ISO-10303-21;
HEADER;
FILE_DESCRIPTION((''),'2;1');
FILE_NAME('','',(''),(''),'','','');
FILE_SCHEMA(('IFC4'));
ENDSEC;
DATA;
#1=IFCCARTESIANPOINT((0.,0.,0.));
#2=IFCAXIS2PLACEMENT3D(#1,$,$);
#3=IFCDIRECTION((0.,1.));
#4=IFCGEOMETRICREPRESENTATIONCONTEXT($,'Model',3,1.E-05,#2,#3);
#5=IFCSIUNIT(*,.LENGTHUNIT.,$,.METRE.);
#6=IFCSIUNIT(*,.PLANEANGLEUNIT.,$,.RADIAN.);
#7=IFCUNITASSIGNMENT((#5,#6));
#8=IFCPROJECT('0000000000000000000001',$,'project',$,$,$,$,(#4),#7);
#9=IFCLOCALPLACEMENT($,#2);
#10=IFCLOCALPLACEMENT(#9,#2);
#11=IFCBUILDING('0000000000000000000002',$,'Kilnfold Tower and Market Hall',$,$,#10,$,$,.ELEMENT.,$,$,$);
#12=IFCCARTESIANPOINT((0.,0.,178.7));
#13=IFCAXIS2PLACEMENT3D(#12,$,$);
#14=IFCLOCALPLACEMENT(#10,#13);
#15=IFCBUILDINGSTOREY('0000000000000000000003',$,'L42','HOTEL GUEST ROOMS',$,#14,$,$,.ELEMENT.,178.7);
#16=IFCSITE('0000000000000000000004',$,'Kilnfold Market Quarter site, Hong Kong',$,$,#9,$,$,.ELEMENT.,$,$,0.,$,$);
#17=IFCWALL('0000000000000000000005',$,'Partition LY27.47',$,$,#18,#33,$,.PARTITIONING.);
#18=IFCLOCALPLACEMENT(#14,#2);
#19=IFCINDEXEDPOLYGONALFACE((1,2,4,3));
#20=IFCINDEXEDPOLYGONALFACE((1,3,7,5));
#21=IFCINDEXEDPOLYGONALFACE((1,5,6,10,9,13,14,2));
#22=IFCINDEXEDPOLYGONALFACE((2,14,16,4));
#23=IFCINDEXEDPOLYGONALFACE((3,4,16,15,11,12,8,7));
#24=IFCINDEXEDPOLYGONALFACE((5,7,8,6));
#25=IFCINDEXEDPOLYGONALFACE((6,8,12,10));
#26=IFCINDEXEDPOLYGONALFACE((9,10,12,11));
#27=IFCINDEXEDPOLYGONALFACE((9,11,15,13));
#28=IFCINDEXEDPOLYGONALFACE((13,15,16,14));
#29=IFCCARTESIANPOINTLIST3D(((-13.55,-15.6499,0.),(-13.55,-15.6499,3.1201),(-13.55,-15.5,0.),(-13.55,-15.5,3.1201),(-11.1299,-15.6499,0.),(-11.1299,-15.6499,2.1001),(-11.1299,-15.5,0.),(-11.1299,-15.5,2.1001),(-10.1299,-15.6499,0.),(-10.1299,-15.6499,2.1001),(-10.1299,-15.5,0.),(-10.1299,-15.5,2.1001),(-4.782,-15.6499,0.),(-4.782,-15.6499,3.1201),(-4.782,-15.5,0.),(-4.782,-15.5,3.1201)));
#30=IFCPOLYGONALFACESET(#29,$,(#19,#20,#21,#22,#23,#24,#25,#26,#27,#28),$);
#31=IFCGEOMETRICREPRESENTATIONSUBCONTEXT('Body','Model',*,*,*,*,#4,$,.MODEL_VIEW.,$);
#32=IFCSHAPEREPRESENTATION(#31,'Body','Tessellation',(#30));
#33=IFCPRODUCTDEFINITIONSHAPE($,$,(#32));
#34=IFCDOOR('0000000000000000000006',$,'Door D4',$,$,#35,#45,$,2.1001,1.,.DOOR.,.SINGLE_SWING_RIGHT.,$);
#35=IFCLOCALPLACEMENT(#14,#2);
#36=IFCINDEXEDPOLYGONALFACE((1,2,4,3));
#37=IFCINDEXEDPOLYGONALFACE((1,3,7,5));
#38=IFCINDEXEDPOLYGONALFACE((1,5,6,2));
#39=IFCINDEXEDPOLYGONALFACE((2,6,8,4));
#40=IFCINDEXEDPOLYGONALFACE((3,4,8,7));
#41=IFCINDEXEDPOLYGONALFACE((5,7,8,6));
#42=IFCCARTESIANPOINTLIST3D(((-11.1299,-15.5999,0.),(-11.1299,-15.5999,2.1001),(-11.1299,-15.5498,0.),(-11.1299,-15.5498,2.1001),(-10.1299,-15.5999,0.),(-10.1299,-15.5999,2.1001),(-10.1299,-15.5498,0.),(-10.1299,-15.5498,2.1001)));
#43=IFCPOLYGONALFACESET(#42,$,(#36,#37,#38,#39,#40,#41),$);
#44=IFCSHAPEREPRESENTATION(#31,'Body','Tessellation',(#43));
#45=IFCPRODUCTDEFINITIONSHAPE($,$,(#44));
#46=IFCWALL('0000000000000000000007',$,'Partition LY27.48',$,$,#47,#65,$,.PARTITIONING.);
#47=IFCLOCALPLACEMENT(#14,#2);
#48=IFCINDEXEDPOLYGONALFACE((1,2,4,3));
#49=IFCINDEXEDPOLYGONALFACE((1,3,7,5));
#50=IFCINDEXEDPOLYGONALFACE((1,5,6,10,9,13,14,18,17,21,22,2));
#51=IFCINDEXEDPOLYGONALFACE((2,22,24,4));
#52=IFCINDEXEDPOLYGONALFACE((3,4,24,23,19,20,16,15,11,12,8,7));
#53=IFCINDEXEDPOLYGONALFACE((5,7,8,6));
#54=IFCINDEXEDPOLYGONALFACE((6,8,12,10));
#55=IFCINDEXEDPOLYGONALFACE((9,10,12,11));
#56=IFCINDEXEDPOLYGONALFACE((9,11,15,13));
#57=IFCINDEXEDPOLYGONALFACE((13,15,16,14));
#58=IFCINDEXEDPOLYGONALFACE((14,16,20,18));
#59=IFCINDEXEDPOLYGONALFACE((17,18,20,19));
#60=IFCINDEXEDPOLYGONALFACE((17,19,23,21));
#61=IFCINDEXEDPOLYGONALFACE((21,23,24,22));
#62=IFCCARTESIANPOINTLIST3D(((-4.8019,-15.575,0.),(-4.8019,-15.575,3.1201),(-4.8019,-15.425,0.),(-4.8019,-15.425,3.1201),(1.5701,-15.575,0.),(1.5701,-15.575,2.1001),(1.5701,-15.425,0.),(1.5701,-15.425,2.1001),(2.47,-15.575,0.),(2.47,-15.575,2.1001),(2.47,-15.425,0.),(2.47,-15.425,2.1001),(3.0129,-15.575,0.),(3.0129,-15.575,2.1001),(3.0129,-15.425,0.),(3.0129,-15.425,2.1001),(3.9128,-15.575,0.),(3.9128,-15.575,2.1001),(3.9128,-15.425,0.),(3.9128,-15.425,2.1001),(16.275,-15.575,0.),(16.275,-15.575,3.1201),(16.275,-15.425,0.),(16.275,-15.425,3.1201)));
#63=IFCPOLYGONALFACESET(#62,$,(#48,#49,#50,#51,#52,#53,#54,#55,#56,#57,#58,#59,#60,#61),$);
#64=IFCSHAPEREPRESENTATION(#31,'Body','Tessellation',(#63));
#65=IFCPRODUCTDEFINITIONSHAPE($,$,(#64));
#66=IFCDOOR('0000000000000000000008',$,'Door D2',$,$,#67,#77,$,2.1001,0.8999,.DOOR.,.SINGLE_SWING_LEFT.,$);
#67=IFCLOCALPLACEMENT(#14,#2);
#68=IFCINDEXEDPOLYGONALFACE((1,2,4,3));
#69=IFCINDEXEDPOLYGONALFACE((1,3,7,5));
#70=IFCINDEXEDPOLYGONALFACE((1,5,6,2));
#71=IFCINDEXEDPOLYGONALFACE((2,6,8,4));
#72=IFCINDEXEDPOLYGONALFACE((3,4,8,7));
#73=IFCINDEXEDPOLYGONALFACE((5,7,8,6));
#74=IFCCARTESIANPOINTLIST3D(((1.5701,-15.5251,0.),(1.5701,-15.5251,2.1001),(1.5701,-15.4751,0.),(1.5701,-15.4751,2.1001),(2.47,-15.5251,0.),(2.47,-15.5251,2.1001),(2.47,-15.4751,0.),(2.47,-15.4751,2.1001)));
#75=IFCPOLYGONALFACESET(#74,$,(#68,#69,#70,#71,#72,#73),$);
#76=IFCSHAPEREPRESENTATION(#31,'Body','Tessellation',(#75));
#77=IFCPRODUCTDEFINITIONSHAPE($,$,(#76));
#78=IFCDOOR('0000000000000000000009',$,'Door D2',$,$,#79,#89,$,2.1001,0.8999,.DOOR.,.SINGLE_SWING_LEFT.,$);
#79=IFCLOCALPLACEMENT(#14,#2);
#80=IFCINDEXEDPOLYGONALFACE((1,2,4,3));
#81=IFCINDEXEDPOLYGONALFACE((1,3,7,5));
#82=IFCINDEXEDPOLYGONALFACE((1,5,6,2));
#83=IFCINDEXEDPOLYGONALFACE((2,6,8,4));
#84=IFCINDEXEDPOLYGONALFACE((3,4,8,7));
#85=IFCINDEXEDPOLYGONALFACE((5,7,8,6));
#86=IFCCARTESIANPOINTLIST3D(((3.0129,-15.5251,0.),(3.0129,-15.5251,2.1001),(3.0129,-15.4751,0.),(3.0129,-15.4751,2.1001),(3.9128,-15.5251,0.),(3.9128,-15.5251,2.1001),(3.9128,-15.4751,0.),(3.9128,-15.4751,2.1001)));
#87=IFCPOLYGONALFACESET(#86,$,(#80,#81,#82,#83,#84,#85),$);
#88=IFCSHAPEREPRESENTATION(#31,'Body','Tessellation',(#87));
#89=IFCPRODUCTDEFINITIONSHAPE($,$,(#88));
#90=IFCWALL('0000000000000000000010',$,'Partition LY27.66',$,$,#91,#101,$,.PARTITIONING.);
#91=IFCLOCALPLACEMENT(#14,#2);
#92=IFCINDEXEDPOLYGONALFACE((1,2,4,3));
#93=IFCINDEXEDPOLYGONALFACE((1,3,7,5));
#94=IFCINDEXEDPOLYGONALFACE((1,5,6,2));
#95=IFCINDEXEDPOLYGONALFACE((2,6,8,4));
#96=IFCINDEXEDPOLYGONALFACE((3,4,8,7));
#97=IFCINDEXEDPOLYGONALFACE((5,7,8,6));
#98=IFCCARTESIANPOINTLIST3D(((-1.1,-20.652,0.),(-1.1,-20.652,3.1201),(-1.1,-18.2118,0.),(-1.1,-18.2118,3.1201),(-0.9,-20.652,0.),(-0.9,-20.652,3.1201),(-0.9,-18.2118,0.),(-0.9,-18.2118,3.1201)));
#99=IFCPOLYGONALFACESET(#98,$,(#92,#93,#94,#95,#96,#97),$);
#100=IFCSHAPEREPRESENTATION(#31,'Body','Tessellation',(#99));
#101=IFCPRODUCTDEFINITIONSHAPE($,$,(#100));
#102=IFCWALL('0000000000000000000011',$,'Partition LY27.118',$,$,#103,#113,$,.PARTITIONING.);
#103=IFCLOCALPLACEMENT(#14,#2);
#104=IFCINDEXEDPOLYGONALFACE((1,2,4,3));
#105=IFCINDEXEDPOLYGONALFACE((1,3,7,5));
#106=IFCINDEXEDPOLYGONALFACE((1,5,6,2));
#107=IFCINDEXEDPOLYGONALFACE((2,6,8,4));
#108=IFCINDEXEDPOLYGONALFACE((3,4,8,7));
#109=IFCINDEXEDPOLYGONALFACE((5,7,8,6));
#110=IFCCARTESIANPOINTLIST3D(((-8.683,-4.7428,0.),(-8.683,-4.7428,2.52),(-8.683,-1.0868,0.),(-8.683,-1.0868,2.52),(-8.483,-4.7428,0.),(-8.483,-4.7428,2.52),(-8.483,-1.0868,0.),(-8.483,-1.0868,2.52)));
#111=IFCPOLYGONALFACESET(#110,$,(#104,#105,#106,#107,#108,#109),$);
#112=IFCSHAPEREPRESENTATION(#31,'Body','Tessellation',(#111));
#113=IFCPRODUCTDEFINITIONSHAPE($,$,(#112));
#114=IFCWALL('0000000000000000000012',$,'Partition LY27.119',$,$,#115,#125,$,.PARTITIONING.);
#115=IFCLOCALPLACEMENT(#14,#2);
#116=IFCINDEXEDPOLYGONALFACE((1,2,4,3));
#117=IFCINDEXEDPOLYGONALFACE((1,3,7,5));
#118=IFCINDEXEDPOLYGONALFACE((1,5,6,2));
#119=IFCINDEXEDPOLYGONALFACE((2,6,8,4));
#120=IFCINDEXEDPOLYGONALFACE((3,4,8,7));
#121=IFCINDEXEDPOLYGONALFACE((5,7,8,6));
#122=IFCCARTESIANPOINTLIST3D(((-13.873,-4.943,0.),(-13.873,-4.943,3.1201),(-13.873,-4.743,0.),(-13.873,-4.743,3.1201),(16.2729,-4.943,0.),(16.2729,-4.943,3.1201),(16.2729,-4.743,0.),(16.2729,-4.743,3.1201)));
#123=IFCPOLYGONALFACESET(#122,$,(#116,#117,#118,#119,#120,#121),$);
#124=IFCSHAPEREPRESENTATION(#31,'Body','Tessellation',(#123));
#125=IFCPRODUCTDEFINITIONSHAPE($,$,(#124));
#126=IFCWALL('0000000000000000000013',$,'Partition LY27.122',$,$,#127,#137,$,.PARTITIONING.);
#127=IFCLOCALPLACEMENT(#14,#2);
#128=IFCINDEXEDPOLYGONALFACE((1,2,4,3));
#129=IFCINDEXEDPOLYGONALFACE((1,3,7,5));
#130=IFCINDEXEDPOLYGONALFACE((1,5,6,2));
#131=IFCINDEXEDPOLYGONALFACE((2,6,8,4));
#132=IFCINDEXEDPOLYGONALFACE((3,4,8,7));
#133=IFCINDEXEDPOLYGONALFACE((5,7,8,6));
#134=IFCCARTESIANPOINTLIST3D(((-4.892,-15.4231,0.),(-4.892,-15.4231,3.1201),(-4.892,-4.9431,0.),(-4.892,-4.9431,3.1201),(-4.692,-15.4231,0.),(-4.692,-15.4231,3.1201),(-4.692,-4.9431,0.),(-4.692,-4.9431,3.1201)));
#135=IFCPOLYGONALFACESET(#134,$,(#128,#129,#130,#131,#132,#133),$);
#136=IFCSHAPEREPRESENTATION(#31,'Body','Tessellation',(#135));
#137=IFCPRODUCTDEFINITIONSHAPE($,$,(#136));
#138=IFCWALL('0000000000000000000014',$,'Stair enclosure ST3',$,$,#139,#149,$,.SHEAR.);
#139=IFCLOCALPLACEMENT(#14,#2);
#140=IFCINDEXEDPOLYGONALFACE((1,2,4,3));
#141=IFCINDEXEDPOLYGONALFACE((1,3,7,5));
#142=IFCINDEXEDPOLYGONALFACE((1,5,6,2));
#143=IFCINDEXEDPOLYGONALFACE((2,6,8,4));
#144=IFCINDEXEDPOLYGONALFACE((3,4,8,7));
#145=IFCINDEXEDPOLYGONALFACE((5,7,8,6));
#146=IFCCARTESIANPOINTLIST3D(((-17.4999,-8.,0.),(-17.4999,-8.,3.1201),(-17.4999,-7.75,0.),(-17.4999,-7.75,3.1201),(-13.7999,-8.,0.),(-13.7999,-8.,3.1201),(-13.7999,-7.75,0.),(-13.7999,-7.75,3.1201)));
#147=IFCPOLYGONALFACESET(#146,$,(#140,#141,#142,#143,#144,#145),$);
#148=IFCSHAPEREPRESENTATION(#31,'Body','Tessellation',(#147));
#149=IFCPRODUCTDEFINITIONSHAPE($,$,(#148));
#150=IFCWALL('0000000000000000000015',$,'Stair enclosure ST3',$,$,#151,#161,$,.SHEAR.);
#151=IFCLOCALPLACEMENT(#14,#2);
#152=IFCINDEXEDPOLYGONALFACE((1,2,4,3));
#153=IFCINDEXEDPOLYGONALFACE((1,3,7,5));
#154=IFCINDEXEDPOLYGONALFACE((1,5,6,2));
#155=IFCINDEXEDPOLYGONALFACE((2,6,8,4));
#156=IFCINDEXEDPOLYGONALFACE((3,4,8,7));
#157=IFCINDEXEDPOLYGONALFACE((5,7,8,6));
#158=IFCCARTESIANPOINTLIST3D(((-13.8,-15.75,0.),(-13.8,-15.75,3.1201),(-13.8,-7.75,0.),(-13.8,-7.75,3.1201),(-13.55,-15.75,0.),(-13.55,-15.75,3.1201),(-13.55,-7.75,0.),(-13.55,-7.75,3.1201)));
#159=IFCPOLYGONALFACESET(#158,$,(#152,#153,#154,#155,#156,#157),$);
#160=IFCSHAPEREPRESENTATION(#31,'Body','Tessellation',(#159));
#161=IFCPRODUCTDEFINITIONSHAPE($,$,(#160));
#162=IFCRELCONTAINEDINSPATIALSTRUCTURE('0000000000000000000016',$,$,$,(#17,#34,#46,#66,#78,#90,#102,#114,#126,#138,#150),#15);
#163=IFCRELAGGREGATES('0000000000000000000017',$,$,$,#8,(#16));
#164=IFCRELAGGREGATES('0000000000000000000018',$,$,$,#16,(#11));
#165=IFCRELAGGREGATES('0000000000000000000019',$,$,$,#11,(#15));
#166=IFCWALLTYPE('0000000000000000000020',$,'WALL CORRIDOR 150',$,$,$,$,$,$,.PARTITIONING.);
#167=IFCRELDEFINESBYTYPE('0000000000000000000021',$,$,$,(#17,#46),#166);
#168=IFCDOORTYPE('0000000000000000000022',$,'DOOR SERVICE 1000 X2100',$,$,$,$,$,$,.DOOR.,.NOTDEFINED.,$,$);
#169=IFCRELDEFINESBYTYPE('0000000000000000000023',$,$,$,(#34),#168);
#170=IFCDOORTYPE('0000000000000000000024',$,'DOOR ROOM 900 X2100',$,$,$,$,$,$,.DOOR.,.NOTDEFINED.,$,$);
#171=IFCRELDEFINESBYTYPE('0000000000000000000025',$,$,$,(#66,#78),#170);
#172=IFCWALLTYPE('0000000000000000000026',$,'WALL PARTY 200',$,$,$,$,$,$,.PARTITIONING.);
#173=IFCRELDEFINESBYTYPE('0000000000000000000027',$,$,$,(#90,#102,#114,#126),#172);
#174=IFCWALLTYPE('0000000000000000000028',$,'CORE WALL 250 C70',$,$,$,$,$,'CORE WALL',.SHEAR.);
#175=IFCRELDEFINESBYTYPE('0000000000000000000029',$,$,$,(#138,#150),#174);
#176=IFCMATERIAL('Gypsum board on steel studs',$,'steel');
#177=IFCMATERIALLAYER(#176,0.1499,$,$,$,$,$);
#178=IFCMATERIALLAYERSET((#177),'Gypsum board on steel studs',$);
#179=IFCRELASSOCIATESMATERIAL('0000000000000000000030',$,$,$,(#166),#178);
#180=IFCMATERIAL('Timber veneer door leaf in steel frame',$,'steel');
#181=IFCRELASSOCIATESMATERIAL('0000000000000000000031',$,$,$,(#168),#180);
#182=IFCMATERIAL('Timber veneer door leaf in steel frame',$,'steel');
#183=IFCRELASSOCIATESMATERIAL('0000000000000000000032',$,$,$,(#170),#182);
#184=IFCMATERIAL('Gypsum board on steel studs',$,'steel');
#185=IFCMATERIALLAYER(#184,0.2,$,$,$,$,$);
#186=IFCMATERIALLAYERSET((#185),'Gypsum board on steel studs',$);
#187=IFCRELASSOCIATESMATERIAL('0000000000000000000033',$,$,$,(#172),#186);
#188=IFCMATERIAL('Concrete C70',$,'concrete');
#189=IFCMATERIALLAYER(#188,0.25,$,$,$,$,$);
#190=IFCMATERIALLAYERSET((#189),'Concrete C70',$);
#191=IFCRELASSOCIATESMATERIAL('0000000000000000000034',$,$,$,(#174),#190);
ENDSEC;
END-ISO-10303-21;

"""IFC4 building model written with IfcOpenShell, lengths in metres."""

from ifc_helpers import new_model, si_unit, direction, frame, frame_2d, origin, place, context, subcontext, project, spatial, rectangle, extrude, source, transform, mapped, material, layer, layer_set, type_object, element, fill, save


model = new_model("IFC4")

# Units and contexts
model_context = context("Model", 3, precision=1e-05, world=origin(), true_north=direction((0.0, 1.0)))
body_context = subcontext(model_context, "Body", "Model", "MODEL_VIEW")
ifc_project = project(units=[si_unit("LENGTHUNIT", "METRE"), si_unit("PLANEANGLEUNIT", "RADIAN")], contexts=[model_context])

# Site, building, storey
site_placement = place(None, origin())
site = spatial("IfcSite", under=ifc_project, at=site_placement, Name="Kilnfold Market Quarter site, Hong Kong", CompositionType="ELEMENT", RefElevation=0.0)
building_placement = place(site_placement, origin())
building = spatial("IfcBuilding", under=site, at=building_placement, Name="Kilnfold Tower and Market Hall", CompositionType="ELEMENT")
storey_placement = place(building_placement, frame((0.0, 0.0, 178.7)))
storey = spatial("IfcBuildingStorey", under=building, at=storey_placement, Name="L42", Description="HOTEL GUEST ROOMS", CompositionType="ELEMENT", Elevation=178.7)

# Shared definitions
ifc_material_1 = material(Name="Gypsum board on steel studs", Category="steel")
ifc_layer_1 = layer(ifc_material_1, 0.1499)
ifc_layer_set_1 = layer_set([ifc_layer_1], Name="Gypsum board on steel studs")
wall_type_1 = type_object("IfcWallType", Name="WALL CORRIDOR 150", PredefinedType="PARTITIONING", material=ifc_layer_set_1)

# Wall, opening, door
wall_1_placement = place(storey_placement, frame((-4.782, -15.575, 0.0), z_axis=(0.0, 0.0, 1.0), x_axis=(-1.0, 0.0, 0.0)))
wall_1 = element("IfcWall", 1, at=wall_1_placement, inside=storey, type_object=wall_type_1, Name="Partition LY27.47", PredefinedType="PARTITIONING", context=body_context, shape_type="SweptSolid", body=[
    extrude(rectangle(XDim=8.7681, YDim=0.1499, at=frame_2d((4.384, 0.0))), origin(), (0.0, 0.0, 1.0), 3.1201),
])
opening_1_placement = place(wall_1_placement, frame((5.3479, 0.0, 0.0)))
opening_1 = element("IfcOpeningElement", 2, at=opening_1_placement, cuts=wall_1, PredefinedType="OPENING", context=body_context, shape_type="SweptSolid", body=[
    extrude(rectangle(XDim=1.0, YDim=2.1001, at=frame_2d((0.5, 1.05))), frame((0.0, 0.085, 0.0), z_axis=(0.0, -1.0, 0.0), x_axis=(1.0, 0.0, 0.0)), (0.0, 0.0, 1.0), 0.1699),
])
ifc_material_2 = material(Name="Timber veneer door leaf in steel frame", Category="steel")
door_type_1 = type_object("IfcDoorType", Name="DOOR SERVICE 1000 X2100", OperationType="NOTDEFINED", PredefinedType="DOOR", material=ifc_material_2)
door_1_placement = place(opening_1_placement, origin())
door_1 = element("IfcDoor", 3, at=door_1_placement, inside=storey, type_object=door_type_1, Name="Door D4", OperationType="SINGLE_SWING_RIGHT", OverallHeight=2.1001, OverallWidth=1.0, PredefinedType="DOOR", context=body_context, shape_type="SweptSolid", body=[
    extrude(rectangle(XDim=1.0, YDim=2.1001, at=frame_2d((0.5, 1.05))), frame((0.0, 0.0249, 0.0), z_axis=(0.0, -1.0, 0.0), x_axis=(1.0, 0.0, 0.0)), (0.0, 0.0, 1.0), 0.05),
])
fill(opening_1, door_1)

# Wall, openings, doors
wall_2_placement = place(storey_placement, frame((-4.802, -15.5, 0.0), z_axis=(0.0, 0.0, 1.0), x_axis=(1.0, 0.0, 0.0)))
wall_2 = element("IfcWall", 4, at=wall_2_placement, inside=storey, type_object=wall_type_1, Name="Partition LY27.48", PredefinedType="PARTITIONING", context=body_context, shape_type="SweptSolid", body=[
    extrude(rectangle(XDim=21.0769, YDim=0.1499, at=frame_2d((10.5386, 0.0))), origin(), (0.0, 0.0, 1.0), 3.1201),
])
opening_2_placement = place(wall_2_placement, frame((6.3721, 0.0, 0.0)))
opening_2 = element("IfcOpeningElement", 5, at=opening_2_placement, cuts=wall_2, PredefinedType="OPENING", context=body_context, shape_type="SweptSolid", body=[
    extrude(rectangle(XDim=0.8999, YDim=2.1001, at=frame_2d((0.45, 1.05))), frame((0.0, 0.085, 0.0), z_axis=(0.0, -1.0, 0.0), x_axis=(1.0, 0.0, 0.0)), (0.0, 0.0, 1.0), 0.1699),
])
opening_3_placement = place(wall_2_placement, frame((7.8149, 0.0, 0.0)))
opening_3 = element("IfcOpeningElement", 6, at=opening_3_placement, cuts=wall_2, PredefinedType="OPENING", context=body_context, shape_type="SweptSolid", body=[
    extrude(rectangle(XDim=0.8999, YDim=2.1001, at=frame_2d((0.45, 1.05))), frame((0.0, 0.085, 0.0), z_axis=(0.0, -1.0, 0.0), x_axis=(1.0, 0.0, 0.0)), (0.0, 0.0, 1.0), 0.1699),
])
ifc_material_3 = material(Name="Timber veneer door leaf in steel frame", Category="steel")
door_type_2 = type_object("IfcDoorType", Name="DOOR ROOM 900 X2100", OperationType="NOTDEFINED", PredefinedType="DOOR", material=ifc_material_3)
door_2_placement = place(opening_2_placement, origin())
door_2 = element("IfcDoor", 7, at=door_2_placement, inside=storey, type_object=door_type_2, Name="Door D2", OperationType="SINGLE_SWING_LEFT", OverallHeight=2.1001, OverallWidth=0.8999, PredefinedType="DOOR", context=body_context, shape_type="SweptSolid", body=[
    extrude(rectangle(XDim=0.8999, YDim=2.1001, at=frame_2d((0.45, 1.05))), frame((0.0, 0.0249, 0.0), z_axis=(0.0, -1.0, 0.0), x_axis=(1.0, 0.0, 0.0)), (0.0, 0.0, 1.0), 0.05),
])
fill(opening_2, door_2)
door_3_placement = place(opening_3_placement, origin())
door_3 = element("IfcDoor", 8, at=door_3_placement, inside=storey, type_object=door_type_2, Name="Door D2", OperationType="SINGLE_SWING_LEFT", OverallHeight=2.1001, OverallWidth=0.8999, PredefinedType="DOOR", context=body_context, shape_type="SweptSolid", body=[
    extrude(rectangle(XDim=0.8999, YDim=2.1001, at=frame_2d((0.45, 1.05))), frame((0.0, 0.0249, 0.0), z_axis=(0.0, -1.0, 0.0), x_axis=(1.0, 0.0, 0.0)), (0.0, 0.0, 1.0), 0.05),
])
fill(opening_3, door_3)

# Walls
ifc_material_4 = material(Name="Gypsum board on steel studs", Category="steel")
ifc_layer_2 = layer(ifc_material_4, 0.2)
ifc_layer_set_2 = layer_set([ifc_layer_2], Name="Gypsum board on steel studs")
wall_type_2 = type_object("IfcWallType", Name="WALL PARTY 200", PredefinedType="PARTITIONING", material=ifc_layer_set_2)
wall_3_placement = place(storey_placement, frame((-1.0, -20.6521, 0.0), z_axis=(0.0, 0.0, 1.0), x_axis=(0.0, 1.0, 0.0)))
element("IfcWall", 9, at=wall_3_placement, inside=storey, type_object=wall_type_2, Name="Partition LY27.66", PredefinedType="PARTITIONING", context=body_context, shape_type="SweptSolid", body=[
    extrude(rectangle(XDim=2.4402, YDim=0.2, at=frame_2d((1.2202, 0.0))), origin(), (0.0, 0.0, 1.0), 3.1201),
])
wall_4_placement = place(storey_placement, frame((-8.583, -4.7429, 0.0), z_axis=(0.0, 0.0, 1.0), x_axis=(0.0, 1.0, 0.0)))
element("IfcWall", 10, at=wall_4_placement, inside=storey, type_object=wall_type_2, Name="Partition LY27.118", PredefinedType="PARTITIONING", context=body_context, shape_type="SweptSolid", body=[
    extrude(rectangle(XDim=3.656, YDim=0.2, at=frame_2d((1.8281, 0.0))), origin(), (0.0, 0.0, 1.0), 2.52),
])
wall_5_placement = place(storey_placement, frame((-13.873, -4.843, 0.0), z_axis=(0.0, 0.0, 1.0), x_axis=(1.0, 0.0, 0.0)))
element("IfcWall", 11, at=wall_5_placement, inside=storey, type_object=wall_type_2, Name="Partition LY27.119", PredefinedType="PARTITIONING", context=body_context, shape_type="SweptSolid", body=[
    extrude(rectangle(XDim=30.146, YDim=0.2, at=frame_2d((15.073, 0.0))), origin(), (0.0, 0.0, 1.0), 3.1201),
])
wall_6_placement = place(storey_placement, frame((-4.792, -15.4231, 0.0), z_axis=(0.0, 0.0, 1.0), x_axis=(0.0, 1.0, 0.0)))
element("IfcWall", 12, at=wall_6_placement, inside=storey, type_object=wall_type_2, Name="Partition LY27.122", PredefinedType="PARTITIONING", context=body_context, shape_type="SweptSolid", body=[
    extrude(rectangle(XDim=10.48, YDim=0.2, at=frame_2d((5.24, 0.0))), origin(), (0.0, 0.0, 1.0), 3.1201),
])
ifc_material_5 = material(Name="Concrete C70", Category="concrete")
ifc_layer_3 = layer(ifc_material_5, 0.25)
ifc_layer_set_3 = layer_set([ifc_layer_3], Name="Concrete C70")
wall_type_3 = type_object("IfcWallType", Name="CORE WALL 250 C70", ElementType="CORE WALL", PredefinedType="SHEAR", material=ifc_layer_set_3)
shared_shape_1 = source(origin(), body_context, "Body", "SweptSolid", [
    extrude(rectangle(XDim=3.7, YDim=0.25, at=frame_2d((1.8501, 0.0))), origin(), (0.0, 0.0, 1.0), 3.1201),
])
wall_7_placement = place(storey_placement, frame((-17.5, -7.875, 0.0), z_axis=(0.0, 0.0, 1.0), x_axis=(1.0, 0.0, 0.0)))
element("IfcWall", 13, at=wall_7_placement, inside=storey, type_object=wall_type_3, Name="Stair enclosure ST3", PredefinedType="SHEAR", context=body_context, shape_type="MappedRepresentation", body=[
    mapped(shared_shape_1, transform((0.0, 0.0, 0.0))),
])
shared_shape_2 = source(origin(), body_context, "Body", "SweptSolid", [
    extrude(rectangle(XDim=8.0, YDim=0.25, at=frame_2d((4.0, 0.0))), origin(), (0.0, 0.0, 1.0), 3.1201),
])
wall_8_placement = place(storey_placement, frame((-13.675, -15.75, 0.0), z_axis=(0.0, 0.0, 1.0), x_axis=(0.0, 1.0, 0.0)))
element("IfcWall", 14, at=wall_8_placement, inside=storey, type_object=wall_type_3, Name="Stair enclosure ST3", PredefinedType="SHEAR", context=body_context, shape_type="MappedRepresentation", body=[
    mapped(shared_shape_2, transform((0.0, 0.0, 0.0))),
])

save(model, "model.ifc")
